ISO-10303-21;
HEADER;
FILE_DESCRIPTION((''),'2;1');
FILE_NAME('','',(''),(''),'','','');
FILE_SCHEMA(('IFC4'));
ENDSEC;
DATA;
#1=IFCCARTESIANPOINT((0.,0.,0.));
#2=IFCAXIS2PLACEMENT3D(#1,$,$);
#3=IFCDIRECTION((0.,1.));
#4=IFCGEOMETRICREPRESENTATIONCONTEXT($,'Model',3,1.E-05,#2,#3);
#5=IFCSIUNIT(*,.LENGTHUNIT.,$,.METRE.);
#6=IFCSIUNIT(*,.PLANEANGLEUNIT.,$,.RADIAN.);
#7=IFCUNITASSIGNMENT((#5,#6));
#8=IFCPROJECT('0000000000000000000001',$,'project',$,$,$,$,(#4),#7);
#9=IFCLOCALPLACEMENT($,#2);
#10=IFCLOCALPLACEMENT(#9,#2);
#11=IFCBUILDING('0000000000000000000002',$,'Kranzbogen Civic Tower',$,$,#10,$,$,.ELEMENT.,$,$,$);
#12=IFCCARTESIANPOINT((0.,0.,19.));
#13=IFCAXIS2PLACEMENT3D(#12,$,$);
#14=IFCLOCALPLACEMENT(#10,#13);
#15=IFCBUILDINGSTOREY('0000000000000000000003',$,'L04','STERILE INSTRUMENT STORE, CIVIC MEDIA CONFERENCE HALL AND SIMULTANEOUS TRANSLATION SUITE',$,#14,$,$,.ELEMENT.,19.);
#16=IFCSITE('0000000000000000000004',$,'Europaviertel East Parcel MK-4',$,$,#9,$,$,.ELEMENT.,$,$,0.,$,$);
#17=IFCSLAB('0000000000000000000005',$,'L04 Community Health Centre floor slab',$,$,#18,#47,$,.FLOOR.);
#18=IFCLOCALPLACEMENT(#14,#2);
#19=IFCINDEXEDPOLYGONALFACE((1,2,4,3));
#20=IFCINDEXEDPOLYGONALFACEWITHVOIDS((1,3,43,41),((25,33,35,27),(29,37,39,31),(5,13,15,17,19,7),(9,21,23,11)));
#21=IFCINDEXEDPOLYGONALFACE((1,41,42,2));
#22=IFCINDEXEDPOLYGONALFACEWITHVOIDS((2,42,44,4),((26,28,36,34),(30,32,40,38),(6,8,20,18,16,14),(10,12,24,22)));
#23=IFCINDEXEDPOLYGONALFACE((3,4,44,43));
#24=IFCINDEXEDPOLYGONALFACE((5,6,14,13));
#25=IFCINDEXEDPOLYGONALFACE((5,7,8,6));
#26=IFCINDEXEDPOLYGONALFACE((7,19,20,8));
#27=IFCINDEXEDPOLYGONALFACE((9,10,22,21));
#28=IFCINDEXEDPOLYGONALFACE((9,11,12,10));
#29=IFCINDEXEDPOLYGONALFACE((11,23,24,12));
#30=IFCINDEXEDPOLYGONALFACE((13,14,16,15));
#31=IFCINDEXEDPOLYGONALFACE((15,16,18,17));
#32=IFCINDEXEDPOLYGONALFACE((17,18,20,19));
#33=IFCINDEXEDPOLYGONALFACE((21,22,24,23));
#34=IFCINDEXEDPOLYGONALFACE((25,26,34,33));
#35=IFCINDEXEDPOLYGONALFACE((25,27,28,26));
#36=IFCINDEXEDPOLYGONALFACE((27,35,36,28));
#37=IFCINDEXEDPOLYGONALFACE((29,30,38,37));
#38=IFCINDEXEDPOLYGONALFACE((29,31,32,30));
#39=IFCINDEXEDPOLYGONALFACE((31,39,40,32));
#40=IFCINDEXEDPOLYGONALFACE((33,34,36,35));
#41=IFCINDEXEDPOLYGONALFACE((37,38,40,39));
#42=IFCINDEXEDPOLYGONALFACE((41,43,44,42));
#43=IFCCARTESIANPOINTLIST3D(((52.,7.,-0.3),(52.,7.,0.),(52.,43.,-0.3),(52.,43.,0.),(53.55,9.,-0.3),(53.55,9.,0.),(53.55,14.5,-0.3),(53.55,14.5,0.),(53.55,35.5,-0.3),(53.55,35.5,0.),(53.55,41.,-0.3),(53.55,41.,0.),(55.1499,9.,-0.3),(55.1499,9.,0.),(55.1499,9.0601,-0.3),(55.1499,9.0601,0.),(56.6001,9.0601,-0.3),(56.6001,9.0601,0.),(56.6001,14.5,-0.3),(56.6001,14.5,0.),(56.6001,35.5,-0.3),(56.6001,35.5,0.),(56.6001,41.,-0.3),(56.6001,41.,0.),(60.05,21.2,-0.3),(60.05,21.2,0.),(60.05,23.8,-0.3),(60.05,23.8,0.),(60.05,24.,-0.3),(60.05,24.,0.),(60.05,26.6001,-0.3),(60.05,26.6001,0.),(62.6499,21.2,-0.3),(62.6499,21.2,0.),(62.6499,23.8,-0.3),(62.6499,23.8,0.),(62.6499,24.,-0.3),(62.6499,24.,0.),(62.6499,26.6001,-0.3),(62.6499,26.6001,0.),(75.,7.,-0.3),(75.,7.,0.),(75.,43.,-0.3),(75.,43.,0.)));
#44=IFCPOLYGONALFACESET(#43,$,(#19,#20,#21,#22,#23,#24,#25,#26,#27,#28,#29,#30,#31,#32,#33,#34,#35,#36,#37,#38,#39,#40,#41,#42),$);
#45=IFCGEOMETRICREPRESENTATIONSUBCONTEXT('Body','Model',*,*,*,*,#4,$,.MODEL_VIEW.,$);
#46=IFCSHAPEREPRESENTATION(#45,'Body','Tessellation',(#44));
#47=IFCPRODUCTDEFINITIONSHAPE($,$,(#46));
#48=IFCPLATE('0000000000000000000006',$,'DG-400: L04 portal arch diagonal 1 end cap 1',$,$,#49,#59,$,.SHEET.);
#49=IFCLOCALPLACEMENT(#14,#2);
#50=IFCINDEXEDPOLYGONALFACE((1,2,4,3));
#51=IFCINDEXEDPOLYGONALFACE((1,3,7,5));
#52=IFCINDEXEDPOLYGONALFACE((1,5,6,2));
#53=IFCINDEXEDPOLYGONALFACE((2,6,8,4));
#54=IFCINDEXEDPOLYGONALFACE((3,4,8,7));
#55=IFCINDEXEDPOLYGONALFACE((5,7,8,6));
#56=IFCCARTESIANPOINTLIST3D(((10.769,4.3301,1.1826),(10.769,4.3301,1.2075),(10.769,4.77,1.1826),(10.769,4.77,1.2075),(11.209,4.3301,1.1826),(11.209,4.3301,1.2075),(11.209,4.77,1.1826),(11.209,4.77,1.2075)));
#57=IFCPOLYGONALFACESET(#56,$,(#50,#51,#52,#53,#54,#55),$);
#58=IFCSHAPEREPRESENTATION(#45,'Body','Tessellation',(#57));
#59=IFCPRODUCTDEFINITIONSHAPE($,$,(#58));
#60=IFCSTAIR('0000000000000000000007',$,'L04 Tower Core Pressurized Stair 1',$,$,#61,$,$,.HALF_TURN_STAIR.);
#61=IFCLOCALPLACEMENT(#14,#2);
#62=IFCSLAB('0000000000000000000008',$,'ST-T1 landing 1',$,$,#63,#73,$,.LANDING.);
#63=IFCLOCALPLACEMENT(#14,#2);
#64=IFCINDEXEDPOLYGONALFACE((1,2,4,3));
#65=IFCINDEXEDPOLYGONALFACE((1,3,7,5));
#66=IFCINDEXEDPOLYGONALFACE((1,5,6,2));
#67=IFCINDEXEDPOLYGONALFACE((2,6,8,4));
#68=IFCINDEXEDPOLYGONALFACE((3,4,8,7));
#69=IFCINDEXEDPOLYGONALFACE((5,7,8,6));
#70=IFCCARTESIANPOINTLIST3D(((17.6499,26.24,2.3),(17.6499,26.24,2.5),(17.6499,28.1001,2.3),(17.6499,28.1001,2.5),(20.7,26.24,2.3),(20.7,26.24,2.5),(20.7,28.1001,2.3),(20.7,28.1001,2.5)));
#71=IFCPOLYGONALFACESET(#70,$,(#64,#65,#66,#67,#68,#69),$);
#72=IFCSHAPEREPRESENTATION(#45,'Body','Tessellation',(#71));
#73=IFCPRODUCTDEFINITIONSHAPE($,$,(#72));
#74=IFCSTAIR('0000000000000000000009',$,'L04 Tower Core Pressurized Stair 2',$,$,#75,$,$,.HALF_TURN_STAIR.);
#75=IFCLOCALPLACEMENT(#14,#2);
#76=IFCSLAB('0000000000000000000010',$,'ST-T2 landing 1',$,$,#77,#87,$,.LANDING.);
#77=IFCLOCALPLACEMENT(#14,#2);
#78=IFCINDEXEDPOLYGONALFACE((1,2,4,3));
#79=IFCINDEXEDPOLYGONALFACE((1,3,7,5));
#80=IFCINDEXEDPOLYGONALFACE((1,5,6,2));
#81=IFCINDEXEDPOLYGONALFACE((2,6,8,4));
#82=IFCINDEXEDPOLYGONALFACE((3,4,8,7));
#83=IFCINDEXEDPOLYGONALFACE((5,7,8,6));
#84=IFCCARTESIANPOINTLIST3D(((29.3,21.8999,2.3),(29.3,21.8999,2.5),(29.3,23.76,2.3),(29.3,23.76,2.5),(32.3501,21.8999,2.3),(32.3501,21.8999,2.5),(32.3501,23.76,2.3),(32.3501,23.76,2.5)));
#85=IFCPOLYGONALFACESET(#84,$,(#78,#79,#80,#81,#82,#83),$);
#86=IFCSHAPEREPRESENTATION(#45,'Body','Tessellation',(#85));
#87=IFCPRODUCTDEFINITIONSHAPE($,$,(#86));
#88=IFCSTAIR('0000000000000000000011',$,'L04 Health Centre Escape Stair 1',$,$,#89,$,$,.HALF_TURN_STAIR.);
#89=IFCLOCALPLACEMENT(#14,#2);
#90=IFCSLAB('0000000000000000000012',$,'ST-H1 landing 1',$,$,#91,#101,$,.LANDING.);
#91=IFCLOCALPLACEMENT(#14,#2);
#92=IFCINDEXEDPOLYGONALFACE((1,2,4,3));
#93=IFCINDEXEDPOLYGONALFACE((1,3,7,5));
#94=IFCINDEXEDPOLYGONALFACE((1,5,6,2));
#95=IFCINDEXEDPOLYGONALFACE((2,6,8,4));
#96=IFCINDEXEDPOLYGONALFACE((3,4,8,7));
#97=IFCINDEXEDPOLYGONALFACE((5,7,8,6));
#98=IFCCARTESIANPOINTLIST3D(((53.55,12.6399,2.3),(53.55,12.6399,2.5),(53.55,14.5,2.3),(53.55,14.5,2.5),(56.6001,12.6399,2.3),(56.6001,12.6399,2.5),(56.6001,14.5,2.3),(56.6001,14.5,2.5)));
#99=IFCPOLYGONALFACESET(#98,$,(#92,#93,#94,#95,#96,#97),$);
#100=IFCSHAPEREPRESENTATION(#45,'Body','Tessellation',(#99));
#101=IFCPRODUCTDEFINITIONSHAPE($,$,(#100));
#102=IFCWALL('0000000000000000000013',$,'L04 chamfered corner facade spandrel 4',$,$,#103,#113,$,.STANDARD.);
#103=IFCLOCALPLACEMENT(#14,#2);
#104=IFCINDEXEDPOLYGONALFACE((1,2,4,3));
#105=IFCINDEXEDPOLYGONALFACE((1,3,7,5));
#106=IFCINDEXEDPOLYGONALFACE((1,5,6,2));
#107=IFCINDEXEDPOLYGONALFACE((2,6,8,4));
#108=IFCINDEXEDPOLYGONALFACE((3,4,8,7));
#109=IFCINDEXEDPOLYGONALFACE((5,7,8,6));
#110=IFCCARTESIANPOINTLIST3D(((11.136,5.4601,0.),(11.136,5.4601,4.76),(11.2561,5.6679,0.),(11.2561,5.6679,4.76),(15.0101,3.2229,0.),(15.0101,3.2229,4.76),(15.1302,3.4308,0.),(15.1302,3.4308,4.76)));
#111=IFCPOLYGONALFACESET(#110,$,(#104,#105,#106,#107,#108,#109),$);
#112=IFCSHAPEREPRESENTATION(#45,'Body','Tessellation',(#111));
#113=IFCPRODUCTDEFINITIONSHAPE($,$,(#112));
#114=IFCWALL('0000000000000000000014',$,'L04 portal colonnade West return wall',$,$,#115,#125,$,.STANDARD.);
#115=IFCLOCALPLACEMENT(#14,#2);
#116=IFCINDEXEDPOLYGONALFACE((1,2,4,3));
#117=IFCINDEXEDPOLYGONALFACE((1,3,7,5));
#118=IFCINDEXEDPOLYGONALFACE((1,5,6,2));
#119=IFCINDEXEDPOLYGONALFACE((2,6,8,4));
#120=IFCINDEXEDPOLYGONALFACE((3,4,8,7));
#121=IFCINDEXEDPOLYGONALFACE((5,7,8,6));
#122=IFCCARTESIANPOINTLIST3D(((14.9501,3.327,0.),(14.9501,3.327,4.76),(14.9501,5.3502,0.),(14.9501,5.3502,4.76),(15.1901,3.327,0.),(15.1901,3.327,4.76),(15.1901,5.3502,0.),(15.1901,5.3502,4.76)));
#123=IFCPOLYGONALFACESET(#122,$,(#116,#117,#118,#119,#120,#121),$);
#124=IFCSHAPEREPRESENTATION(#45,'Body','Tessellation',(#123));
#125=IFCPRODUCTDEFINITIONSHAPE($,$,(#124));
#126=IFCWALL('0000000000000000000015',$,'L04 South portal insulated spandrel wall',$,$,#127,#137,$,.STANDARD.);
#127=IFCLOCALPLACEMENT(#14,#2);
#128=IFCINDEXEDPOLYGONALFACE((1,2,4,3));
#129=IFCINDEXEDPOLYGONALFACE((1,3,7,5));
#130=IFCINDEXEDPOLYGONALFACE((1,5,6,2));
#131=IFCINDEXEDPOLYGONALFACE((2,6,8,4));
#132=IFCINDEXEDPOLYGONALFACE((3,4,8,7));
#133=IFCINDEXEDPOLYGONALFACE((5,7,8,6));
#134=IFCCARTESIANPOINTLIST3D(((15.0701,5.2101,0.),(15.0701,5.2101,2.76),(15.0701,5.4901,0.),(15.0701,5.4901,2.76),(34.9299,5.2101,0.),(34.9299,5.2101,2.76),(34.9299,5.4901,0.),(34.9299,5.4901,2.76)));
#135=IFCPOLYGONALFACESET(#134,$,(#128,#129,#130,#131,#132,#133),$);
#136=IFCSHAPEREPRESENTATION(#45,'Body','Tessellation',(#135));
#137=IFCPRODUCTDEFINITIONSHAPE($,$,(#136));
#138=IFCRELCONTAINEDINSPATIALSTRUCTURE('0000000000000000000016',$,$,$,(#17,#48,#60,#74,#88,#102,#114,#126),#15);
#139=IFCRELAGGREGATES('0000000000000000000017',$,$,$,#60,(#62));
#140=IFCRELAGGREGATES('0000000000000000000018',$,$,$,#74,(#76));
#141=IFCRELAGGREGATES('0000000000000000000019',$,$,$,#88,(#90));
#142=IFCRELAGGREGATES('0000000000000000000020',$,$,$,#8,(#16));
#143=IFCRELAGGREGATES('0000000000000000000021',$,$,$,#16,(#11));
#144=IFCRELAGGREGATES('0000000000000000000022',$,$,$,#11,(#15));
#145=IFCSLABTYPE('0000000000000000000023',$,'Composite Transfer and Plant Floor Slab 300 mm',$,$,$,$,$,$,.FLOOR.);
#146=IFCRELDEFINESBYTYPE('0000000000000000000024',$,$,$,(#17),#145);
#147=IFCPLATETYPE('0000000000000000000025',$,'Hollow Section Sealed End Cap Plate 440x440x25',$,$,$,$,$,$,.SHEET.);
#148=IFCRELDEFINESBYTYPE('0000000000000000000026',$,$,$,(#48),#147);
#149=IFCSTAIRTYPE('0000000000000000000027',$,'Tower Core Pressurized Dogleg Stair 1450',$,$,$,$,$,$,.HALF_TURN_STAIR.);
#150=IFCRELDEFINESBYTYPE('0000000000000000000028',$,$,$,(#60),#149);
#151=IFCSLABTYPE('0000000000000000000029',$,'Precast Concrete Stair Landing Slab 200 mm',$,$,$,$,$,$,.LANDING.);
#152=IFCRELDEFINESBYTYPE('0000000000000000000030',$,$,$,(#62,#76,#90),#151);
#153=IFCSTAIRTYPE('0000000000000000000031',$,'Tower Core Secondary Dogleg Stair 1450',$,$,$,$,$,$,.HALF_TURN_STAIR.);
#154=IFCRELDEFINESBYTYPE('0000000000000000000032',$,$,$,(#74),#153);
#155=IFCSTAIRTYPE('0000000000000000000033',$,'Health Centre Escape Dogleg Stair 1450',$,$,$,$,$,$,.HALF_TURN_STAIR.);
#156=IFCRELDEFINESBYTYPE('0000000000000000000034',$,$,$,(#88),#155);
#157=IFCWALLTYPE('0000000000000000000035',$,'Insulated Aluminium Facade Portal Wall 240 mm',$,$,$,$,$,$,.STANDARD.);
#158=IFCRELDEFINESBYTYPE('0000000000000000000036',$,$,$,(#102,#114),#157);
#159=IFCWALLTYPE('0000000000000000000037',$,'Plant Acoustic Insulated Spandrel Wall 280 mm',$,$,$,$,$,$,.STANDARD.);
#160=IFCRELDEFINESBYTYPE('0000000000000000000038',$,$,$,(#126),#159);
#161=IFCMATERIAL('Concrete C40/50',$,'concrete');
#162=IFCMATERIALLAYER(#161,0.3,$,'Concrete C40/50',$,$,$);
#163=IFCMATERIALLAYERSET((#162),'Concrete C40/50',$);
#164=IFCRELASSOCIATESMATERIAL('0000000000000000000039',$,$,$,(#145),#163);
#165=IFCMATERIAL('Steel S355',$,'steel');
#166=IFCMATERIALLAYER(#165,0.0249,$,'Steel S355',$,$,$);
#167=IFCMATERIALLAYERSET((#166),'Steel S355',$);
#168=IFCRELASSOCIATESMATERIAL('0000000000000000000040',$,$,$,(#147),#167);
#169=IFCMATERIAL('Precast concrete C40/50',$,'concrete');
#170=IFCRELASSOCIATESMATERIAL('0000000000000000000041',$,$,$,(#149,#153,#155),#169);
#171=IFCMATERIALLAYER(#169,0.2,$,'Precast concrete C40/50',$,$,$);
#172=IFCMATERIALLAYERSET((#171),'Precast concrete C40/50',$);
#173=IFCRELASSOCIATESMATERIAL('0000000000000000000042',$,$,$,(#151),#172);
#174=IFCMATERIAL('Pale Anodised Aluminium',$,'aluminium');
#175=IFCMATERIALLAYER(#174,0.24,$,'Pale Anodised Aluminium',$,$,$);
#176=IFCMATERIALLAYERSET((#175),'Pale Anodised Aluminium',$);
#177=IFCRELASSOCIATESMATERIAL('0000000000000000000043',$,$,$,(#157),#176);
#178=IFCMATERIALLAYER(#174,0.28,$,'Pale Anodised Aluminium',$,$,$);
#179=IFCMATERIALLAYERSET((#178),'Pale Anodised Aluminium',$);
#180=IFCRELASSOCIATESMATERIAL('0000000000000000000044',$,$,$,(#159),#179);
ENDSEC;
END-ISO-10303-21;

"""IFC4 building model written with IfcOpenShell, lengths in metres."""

from ifc_helpers import new_model, si_unit, direction, frame, frame_2d, origin, origin_2d, place, context, subcontext, project, spatial, polyline, rectangle, outline, extrude, material, layer, layer_set, type_object, element, aggregate, save


model = new_model("IFC4")

# Units and contexts
model_context = context("Model", 3, precision=1e-05, world=origin(), true_north=direction((0.0, 1.0)))
body_context = subcontext(model_context, "Body", "Model", "MODEL_VIEW")
ifc_project = project(units=[si_unit("LENGTHUNIT", "METRE"), si_unit("PLANEANGLEUNIT", "RADIAN")], contexts=[model_context])

# Site, building, storey
site_placement = place(None, origin())
site = spatial("IfcSite", under=ifc_project, at=site_placement, Name="Europaviertel East Parcel MK-4", CompositionType="ELEMENT", RefElevation=0.0)
building_placement = place(site_placement, origin())
building = spatial("IfcBuilding", under=site, at=building_placement, Name="Kranzbogen Civic Tower", CompositionType="ELEMENT")
storey_placement = place(building_placement, frame((0.0, 0.0, 19.0)))
storey = spatial("IfcBuildingStorey", under=building, at=storey_placement, Name="L04", Description="STERILE INSTRUMENT STORE, CIVIC MEDIA CONFERENCE HALL AND SIMULTANEOUS TRANSLATION SUITE", CompositionType="ELEMENT", Elevation=19.0)

# Shared definitions
ifc_material_1 = material(Name="Pale Anodised Aluminium", Category="aluminium")

# Slab
ifc_material_2 = material(Name="Concrete C40/50", Category="concrete")
ifc_layer_1 = layer(ifc_material_2, 0.3, Name="Concrete C40/50")
ifc_layer_set_1 = layer_set([ifc_layer_1], Name="Concrete C40/50")
slab_type_1 = type_object("IfcSlabType", Name="Composite Transfer and Plant Floor Slab 300 mm", PredefinedType="FLOOR", material=ifc_layer_set_1)
slab_1_placement = place(storey_placement, frame((0.0, 0.0, -0.3)))
element("IfcSlab", 1, at=slab_1_placement, inside=storey, type_object=slab_type_1, Name="L04 Community Health Centre floor slab", PredefinedType="FLOOR", context=body_context, shape_type="SweptSolid", body=[
    extrude(outline(polyline([(75.0, 7.0), (75.0, 43.0), (52.0, 43.0), (52.0, 7.0), (75.0, 7.0)]), holes=[polyline([(55.1499, 9.0601), (55.1499, 9.0), (53.55, 9.0), (53.55, 14.5), (56.6001, 14.5), (56.6001, 9.0601), (55.1499, 9.0601)]), polyline([(60.05, 21.2), (60.05, 23.8), (62.6499, 23.8), (62.6499, 21.2), (60.05, 21.2)]), polyline([(62.6499, 24.0), (60.05, 24.0), (60.05, 26.6001), (62.6499, 26.6001), (62.6499, 24.0)]), polyline([(56.6001, 41.0), (56.6001, 35.5), (53.55, 35.5), (53.55, 41.0), (56.6001, 41.0)])]), origin(), (0.0, 0.0, 1.0), 0.3),
])

# Plate
ifc_material_3 = material(Name="Steel S355", Category="steel")
ifc_layer_2 = layer(ifc_material_3, 0.0249, Name="Steel S355")
ifc_layer_set_2 = layer_set([ifc_layer_2], Name="Steel S355")
plate_type = type_object("IfcPlateType", Name="Hollow Section Sealed End Cap Plate 440x440x25", PredefinedType="SHEET", material=ifc_layer_set_2)
plate_placement = place(storey_placement, frame((10.989, 4.55, 1.1826), z_axis=(0.0, 0.0, 1.0), x_axis=(1.0, 0.0, 0.0)))
element("IfcPlate", 2, at=plate_placement, inside=storey, type_object=plate_type, Name="DG-400: L04 portal arch diagonal 1 end cap 1", PredefinedType="SHEET", context=body_context, shape_type="SweptSolid", body=[
    extrude(rectangle(XDim=0.4399, YDim=0.4399, at=origin_2d()), origin(), (0.0, 0.0, 1.0), 0.0249),
])

# Stairs, slabs
ifc_material_4 = material(Name="Precast concrete C40/50", Category="concrete")
stair_type_1 = type_object("IfcStairType", Name="Tower Core Pressurized Dogleg Stair 1450", PredefinedType="HALF_TURN_STAIR", material=ifc_material_4)
stair_1_placement = place(storey_placement, origin())
stair_1 = element("IfcStair", 3, at=stair_1_placement, inside=storey, type_object=stair_type_1, Name="L04 Tower Core Pressurized Stair 1", PredefinedType="HALF_TURN_STAIR")
ifc_layer_3 = layer(ifc_material_4, 0.2, Name="Precast concrete C40/50")
ifc_layer_set_3 = layer_set([ifc_layer_3], Name="Precast concrete C40/50")
slab_type_2 = type_object("IfcSlabType", Name="Precast Concrete Stair Landing Slab 200 mm", PredefinedType="LANDING", material=ifc_layer_set_3)
slab_2_placement = place(storey_placement, frame((0.0, 0.0, 2.3)))
slab_2 = element("IfcSlab", 4, at=slab_2_placement, type_object=slab_type_2, Name="ST-T1 landing 1", PredefinedType="LANDING", context=body_context, shape_type="SweptSolid", body=[
    extrude(outline(polyline([(20.7, 26.24), (20.7, 28.1001), (17.6499, 28.1001), (17.6499, 26.24), (20.7, 26.24)])), origin(), (0.0, 0.0, 1.0), 0.2),
])
aggregate(stair_1, [slab_2])
stair_type_2 = type_object("IfcStairType", Name="Tower Core Secondary Dogleg Stair 1450", PredefinedType="HALF_TURN_STAIR", material=ifc_material_4)
stair_2_placement = place(storey_placement, origin())
stair_2 = element("IfcStair", 5, at=stair_2_placement, inside=storey, type_object=stair_type_2, Name="L04 Tower Core Pressurized Stair 2", PredefinedType="HALF_TURN_STAIR")
slab_3_placement = place(storey_placement, frame((0.0, 0.0, 2.3)))
slab_3 = element("IfcSlab", 6, at=slab_3_placement, type_object=slab_type_2, Name="ST-T2 landing 1", PredefinedType="LANDING", context=body_context, shape_type="SweptSolid", body=[
    extrude(outline(polyline([(29.3, 23.76), (29.3, 21.8999), (32.3501, 21.8999), (32.3501, 23.76), (29.3, 23.76)])), origin(), (0.0, 0.0, 1.0), 0.2),
])
aggregate(stair_2, [slab_3])
stair_type_3 = type_object("IfcStairType", Name="Health Centre Escape Dogleg Stair 1450", PredefinedType="HALF_TURN_STAIR", material=ifc_material_4)
stair_3_placement = place(storey_placement, origin())
stair_3 = element("IfcStair", 7, at=stair_3_placement, inside=storey, type_object=stair_type_3, Name="L04 Health Centre Escape Stair 1", PredefinedType="HALF_TURN_STAIR")
slab_4_placement = place(storey_placement, frame((0.0, 0.0, 2.3)))
slab_4 = element("IfcSlab", 8, at=slab_4_placement, type_object=slab_type_2, Name="ST-H1 landing 1", PredefinedType="LANDING", context=body_context, shape_type="SweptSolid", body=[
    extrude(outline(polyline([(56.6001, 12.6399), (56.6001, 14.5), (53.55, 14.5), (53.55, 12.6399), (56.6001, 12.6399)])), origin(), (0.0, 0.0, 1.0), 0.2),
])
aggregate(stair_3, [slab_4])

# Walls
ifc_layer_4 = layer(ifc_material_1, 0.24, Name="Pale Anodised Aluminium")
ifc_layer_set_4 = layer_set([ifc_layer_4], Name="Pale Anodised Aluminium")
wall_type_1 = type_object("IfcWallType", Name="Insulated Aluminium Facade Portal Wall 240 mm", PredefinedType="STANDARD", material=ifc_layer_set_4)
wall_1_placement = place(storey_placement, frame((11.196, 5.564, 0.0), z_axis=(0.0, 0.0, 1.0), x_axis=(0.865987, -0.500066, 0.0)))
element("IfcWall", 9, at=wall_1_placement, inside=storey, type_object=wall_type_1, Name="L04 chamfered corner facade spandrel 4", PredefinedType="STANDARD", context=body_context, shape_type="SweptSolid", body=[
    extrude(rectangle(XDim=4.4736, YDim=0.24, at=frame_2d((2.2368, 0.0))), origin(), (0.0, 0.0, 1.0), 4.76),
])
wall_2_placement = place(storey_placement, frame((15.0701, 3.3269, 0.0), z_axis=(0.0, 0.0, 1.0), x_axis=(0.0, 1.0, 0.0)))
element("IfcWall", 10, at=wall_2_placement, inside=storey, type_object=wall_type_1, Name="L04 portal colonnade West return wall", PredefinedType="STANDARD", context=body_context, shape_type="SweptSolid", body=[
    extrude(rectangle(XDim=2.0232, YDim=0.24, at=frame_2d((1.0117, 0.0))), origin(), (0.0, 0.0, 1.0), 4.76),
])
ifc_layer_5 = layer(ifc_material_1, 0.28, Name="Pale Anodised Aluminium")
ifc_layer_set_5 = layer_set([ifc_layer_5], Name="Pale Anodised Aluminium")
wall_type_2 = type_object("IfcWallType", Name="Plant Acoustic Insulated Spandrel Wall 280 mm", PredefinedType="STANDARD", material=ifc_layer_set_5)
wall_3_placement = place(storey_placement, frame((15.0701, 5.3501, 0.0), z_axis=(0.0, 0.0, 1.0), x_axis=(1.0, 0.0, 0.0)))
element("IfcWall", 11, at=wall_3_placement, inside=storey, type_object=wall_type_2, Name="L04 South portal insulated spandrel wall", PredefinedType="STANDARD", context=body_context, shape_type="SweptSolid", body=[
    extrude(rectangle(XDim=19.8599, YDim=0.28, at=frame_2d((9.9299, 0.0))), origin(), (0.0, 0.0, 1.0), 2.76),
])

save(model, "model.ifc")
